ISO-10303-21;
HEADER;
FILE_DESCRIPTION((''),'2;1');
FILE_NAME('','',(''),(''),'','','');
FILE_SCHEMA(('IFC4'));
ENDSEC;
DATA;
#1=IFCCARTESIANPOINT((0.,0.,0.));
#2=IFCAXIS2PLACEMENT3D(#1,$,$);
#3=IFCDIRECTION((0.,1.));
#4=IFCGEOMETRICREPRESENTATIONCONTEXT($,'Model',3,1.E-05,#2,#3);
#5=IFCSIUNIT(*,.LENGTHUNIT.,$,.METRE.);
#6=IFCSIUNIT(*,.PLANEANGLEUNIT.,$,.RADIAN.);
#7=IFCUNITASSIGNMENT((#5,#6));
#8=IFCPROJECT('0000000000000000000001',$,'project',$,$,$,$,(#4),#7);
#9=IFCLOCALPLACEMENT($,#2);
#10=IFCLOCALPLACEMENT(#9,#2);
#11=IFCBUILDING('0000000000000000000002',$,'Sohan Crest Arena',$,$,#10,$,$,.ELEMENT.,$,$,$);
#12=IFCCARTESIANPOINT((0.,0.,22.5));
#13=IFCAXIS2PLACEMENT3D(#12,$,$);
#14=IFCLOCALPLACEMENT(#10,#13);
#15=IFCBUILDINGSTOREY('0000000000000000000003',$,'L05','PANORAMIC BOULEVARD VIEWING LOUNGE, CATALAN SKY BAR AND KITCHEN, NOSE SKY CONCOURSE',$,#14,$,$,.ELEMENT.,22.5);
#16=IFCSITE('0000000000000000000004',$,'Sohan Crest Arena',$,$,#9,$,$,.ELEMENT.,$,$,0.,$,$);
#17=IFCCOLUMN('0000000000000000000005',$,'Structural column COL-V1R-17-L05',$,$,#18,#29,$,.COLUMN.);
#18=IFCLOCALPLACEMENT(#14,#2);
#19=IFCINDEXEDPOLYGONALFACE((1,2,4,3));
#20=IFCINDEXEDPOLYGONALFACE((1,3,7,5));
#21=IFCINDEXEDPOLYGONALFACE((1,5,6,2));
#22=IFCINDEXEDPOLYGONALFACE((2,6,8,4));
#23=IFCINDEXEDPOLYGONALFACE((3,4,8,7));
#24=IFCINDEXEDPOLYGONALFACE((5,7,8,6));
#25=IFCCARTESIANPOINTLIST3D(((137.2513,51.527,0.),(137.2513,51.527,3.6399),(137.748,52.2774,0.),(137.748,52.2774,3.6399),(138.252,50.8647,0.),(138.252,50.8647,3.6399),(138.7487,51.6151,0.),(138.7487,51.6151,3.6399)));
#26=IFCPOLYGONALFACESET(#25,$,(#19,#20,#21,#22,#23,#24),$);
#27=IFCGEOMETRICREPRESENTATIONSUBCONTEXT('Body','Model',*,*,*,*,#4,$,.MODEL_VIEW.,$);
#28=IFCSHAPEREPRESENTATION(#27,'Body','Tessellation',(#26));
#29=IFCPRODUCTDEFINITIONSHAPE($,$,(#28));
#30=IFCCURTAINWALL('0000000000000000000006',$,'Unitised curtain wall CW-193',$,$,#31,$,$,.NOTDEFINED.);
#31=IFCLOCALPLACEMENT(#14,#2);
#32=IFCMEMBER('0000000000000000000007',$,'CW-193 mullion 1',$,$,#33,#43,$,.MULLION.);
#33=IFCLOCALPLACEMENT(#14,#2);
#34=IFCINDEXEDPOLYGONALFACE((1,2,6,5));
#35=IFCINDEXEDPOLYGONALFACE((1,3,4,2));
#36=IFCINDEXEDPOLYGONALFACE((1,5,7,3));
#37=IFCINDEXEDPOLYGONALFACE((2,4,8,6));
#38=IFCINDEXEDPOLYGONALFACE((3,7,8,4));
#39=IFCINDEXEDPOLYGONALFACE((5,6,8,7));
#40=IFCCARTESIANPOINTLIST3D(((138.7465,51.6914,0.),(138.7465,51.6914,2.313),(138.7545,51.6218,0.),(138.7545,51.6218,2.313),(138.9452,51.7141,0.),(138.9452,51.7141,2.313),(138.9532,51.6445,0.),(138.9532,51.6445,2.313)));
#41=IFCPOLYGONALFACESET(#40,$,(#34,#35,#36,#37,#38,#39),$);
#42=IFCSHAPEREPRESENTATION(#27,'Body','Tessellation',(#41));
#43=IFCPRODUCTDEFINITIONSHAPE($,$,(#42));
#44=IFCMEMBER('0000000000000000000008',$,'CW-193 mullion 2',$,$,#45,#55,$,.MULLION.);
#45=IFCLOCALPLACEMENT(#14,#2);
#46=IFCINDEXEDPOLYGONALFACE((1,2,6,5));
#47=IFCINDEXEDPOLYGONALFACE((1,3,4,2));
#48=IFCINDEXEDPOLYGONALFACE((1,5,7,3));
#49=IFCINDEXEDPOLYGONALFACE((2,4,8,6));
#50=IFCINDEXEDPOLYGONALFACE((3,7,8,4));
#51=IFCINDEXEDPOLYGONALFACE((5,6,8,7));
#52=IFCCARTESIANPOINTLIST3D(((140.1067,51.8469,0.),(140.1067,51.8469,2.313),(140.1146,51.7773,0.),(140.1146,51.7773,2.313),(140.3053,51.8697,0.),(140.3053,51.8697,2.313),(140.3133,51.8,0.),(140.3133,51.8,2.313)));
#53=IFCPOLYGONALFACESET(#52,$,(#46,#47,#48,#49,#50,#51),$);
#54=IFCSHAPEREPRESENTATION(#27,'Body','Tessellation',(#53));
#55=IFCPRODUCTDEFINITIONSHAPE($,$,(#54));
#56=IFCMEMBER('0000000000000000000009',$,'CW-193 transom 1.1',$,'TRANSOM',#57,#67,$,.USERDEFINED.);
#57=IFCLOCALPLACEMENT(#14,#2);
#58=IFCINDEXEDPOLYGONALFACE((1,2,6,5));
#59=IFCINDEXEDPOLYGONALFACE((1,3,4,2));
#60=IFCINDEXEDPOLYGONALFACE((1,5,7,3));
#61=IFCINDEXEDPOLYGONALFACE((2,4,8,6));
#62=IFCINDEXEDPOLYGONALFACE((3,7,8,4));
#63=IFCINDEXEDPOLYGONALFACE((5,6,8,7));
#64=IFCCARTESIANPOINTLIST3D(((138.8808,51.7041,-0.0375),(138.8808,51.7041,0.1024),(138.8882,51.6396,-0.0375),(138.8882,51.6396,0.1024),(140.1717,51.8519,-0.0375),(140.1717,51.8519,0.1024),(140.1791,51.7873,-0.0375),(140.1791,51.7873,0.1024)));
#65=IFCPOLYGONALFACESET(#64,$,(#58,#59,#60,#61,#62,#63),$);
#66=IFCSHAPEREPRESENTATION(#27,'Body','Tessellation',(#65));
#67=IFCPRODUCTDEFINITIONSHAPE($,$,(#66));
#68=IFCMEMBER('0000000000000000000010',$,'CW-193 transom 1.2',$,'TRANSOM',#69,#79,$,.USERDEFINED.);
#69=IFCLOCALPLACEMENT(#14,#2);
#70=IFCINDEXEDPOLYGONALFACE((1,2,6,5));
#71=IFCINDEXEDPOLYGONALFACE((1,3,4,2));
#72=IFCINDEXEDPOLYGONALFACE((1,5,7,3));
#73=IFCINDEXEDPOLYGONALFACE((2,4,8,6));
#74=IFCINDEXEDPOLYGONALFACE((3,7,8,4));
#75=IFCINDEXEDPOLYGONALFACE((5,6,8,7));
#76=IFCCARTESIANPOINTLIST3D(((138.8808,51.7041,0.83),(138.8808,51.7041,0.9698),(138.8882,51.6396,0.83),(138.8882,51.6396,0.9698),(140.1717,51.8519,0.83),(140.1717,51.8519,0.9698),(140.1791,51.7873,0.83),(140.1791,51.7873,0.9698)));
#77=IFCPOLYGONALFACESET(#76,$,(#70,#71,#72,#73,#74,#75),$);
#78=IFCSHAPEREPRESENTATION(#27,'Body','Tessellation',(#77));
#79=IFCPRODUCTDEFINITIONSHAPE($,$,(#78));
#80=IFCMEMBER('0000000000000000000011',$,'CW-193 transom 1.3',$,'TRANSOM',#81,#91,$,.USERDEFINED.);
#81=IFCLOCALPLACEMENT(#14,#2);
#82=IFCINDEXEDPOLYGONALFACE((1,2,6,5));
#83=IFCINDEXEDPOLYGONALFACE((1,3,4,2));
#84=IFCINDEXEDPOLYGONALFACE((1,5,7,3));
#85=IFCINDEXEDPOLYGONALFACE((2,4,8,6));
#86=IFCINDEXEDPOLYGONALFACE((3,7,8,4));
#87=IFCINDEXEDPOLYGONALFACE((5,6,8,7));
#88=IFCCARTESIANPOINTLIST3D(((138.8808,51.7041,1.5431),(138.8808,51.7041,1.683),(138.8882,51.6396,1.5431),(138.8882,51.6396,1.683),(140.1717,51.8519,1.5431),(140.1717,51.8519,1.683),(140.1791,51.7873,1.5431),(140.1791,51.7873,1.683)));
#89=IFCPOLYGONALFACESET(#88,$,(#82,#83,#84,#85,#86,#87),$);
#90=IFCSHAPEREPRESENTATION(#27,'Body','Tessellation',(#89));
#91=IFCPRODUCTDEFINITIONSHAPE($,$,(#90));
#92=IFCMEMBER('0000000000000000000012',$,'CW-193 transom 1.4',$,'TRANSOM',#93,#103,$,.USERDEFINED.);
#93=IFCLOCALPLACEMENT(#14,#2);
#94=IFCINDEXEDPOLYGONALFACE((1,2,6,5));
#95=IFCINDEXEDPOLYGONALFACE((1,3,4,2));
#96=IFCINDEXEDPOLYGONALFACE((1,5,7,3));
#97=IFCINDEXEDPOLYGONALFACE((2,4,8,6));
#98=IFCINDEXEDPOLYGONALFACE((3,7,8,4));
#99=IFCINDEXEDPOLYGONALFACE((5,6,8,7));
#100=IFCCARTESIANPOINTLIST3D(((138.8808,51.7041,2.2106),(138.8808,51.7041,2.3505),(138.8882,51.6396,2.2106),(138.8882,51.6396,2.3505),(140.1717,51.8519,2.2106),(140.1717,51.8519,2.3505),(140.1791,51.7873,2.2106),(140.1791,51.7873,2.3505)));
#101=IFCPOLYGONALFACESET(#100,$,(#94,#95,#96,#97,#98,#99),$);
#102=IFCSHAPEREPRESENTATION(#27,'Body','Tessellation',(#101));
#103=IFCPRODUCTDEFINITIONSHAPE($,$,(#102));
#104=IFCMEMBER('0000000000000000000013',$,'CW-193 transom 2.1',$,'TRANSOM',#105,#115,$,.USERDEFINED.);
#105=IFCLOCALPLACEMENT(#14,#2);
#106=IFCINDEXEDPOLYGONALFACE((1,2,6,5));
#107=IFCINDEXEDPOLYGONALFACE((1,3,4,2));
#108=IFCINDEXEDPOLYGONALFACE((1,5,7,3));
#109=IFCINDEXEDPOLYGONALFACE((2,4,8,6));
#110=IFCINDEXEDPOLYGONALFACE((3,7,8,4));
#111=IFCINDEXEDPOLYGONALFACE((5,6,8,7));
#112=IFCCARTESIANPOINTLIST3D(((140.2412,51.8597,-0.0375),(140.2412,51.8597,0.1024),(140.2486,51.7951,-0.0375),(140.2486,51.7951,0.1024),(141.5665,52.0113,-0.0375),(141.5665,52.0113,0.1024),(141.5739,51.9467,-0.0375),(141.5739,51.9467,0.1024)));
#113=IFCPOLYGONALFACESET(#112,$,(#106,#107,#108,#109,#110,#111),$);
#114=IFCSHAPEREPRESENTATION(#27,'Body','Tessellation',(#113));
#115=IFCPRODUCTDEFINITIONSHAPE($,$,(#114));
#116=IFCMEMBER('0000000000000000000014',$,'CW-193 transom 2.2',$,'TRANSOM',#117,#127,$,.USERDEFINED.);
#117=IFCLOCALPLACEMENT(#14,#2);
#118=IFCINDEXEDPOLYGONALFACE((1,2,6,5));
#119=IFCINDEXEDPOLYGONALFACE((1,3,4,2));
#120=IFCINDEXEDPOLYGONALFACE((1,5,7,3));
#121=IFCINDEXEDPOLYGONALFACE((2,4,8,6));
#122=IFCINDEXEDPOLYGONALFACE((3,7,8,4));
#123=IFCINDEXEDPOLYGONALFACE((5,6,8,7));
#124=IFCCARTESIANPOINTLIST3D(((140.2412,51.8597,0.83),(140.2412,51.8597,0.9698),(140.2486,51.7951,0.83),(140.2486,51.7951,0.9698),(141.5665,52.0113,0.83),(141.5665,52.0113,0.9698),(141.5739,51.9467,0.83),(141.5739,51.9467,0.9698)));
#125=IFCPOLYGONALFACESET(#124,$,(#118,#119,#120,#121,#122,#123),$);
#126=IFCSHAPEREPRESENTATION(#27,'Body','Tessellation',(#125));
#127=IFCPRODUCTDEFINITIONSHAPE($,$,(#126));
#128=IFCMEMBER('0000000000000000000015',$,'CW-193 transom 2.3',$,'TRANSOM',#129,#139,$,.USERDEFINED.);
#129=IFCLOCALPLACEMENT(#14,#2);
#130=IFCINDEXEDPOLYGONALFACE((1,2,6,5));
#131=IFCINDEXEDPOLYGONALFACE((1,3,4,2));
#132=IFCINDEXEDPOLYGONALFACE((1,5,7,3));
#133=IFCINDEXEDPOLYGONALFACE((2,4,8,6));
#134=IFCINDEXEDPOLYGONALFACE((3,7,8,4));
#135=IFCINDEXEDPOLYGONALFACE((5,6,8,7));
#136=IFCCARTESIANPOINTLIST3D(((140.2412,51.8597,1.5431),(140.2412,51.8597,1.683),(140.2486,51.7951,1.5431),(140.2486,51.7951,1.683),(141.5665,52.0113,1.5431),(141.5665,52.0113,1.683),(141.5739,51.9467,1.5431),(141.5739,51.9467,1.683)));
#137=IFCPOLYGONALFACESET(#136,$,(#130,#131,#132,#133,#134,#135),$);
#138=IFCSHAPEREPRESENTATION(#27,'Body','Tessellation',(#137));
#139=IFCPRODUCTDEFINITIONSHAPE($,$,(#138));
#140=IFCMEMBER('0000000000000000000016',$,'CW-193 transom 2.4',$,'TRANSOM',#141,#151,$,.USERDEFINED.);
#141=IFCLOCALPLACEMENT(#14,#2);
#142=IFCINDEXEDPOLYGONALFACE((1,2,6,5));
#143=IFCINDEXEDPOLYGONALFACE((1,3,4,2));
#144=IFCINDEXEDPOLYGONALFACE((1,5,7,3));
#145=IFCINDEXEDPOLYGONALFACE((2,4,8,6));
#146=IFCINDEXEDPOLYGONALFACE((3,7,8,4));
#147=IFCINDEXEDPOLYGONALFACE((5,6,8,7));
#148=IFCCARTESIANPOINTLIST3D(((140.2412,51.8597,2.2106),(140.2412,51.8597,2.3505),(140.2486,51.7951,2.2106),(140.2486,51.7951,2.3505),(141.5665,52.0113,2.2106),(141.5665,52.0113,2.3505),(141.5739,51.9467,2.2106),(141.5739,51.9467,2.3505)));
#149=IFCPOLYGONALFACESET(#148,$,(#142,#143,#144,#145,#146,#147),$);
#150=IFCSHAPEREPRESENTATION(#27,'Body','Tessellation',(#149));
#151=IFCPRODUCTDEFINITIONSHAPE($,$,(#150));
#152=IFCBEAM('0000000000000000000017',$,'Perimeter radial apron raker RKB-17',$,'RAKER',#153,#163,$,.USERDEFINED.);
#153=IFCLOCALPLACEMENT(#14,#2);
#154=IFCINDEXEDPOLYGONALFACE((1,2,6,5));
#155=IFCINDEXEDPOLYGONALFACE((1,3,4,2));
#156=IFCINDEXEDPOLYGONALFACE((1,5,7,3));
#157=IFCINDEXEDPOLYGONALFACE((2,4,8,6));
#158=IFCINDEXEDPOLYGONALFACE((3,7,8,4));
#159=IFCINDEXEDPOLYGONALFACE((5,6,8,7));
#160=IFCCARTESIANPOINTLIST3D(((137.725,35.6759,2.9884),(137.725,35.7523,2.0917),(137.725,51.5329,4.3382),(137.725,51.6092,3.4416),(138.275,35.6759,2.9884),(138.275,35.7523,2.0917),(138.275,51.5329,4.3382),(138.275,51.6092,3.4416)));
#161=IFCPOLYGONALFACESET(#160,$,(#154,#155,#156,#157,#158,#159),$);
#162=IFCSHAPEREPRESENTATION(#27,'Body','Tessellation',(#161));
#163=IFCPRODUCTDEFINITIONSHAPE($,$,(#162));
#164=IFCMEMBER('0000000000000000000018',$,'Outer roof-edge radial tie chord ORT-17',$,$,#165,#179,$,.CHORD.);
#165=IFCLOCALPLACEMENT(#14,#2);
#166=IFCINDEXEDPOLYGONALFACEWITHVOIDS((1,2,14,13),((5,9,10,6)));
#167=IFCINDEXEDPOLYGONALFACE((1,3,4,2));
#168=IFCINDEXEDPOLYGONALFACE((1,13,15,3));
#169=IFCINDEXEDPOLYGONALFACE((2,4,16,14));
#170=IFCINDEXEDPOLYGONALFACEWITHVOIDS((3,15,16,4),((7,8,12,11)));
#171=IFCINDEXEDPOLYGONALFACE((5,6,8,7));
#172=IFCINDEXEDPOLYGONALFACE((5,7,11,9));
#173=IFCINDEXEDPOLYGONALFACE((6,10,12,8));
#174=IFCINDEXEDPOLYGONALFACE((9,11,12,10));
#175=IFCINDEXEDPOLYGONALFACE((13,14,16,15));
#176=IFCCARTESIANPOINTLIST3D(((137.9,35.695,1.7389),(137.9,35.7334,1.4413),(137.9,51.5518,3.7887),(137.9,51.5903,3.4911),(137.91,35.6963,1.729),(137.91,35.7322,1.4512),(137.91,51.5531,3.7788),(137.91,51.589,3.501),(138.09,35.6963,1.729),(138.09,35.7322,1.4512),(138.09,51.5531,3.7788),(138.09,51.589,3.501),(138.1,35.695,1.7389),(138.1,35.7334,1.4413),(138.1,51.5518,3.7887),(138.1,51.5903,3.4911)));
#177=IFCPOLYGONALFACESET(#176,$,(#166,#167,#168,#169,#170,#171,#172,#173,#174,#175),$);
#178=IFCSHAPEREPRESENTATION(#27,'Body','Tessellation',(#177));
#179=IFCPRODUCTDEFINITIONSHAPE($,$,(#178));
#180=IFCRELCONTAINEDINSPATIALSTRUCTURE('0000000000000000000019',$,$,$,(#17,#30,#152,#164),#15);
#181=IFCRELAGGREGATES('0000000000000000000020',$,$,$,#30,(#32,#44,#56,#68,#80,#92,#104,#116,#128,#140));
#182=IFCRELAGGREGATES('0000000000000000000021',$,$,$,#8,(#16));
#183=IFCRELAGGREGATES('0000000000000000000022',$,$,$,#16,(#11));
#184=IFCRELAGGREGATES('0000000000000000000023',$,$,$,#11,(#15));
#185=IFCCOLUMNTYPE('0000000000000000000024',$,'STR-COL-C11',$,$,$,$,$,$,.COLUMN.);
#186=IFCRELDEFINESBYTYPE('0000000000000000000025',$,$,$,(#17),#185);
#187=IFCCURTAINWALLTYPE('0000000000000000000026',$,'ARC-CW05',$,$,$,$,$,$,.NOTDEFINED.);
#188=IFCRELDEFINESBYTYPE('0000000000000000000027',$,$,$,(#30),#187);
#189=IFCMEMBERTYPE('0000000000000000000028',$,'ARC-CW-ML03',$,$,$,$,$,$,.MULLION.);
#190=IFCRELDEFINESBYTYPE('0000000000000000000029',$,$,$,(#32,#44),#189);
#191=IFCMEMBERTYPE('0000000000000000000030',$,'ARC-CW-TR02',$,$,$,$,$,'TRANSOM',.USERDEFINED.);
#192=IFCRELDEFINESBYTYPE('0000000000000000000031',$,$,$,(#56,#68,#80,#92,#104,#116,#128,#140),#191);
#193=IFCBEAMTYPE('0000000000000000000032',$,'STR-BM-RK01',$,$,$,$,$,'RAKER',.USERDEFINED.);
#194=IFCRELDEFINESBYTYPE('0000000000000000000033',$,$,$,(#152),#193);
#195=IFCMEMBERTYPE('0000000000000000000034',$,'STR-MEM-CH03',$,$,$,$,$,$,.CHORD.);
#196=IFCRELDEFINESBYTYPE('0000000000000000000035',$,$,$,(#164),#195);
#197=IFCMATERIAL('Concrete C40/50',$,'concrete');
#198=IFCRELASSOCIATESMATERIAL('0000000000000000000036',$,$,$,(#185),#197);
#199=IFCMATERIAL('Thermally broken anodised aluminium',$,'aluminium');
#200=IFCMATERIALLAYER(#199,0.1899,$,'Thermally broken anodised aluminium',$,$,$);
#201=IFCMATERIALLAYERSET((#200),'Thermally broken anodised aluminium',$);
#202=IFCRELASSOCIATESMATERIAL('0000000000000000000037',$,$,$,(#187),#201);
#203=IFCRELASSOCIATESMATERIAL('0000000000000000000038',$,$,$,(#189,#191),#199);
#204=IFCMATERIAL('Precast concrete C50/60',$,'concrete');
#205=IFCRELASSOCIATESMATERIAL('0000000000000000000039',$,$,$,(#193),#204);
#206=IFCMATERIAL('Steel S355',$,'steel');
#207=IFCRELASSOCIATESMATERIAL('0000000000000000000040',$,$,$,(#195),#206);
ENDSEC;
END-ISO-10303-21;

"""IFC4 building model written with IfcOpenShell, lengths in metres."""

from ifc_helpers import new_model, si_unit, direction, frame, origin, origin_2d, place, context, subcontext, project, spatial, rectangle, hollow_rectangle, extrude, material, layer, layer_set, material_profile, profile_set, type_object, element, aggregate, save


model = new_model("IFC4")

# Units and contexts
model_context = context("Model", 3, precision=1e-05, world=origin(), true_north=direction((0.0, 1.0)))
body_context = subcontext(model_context, "Body", "Model", "MODEL_VIEW")
ifc_project = project(units=[si_unit("LENGTHUNIT", "METRE"), si_unit("PLANEANGLEUNIT", "RADIAN")], contexts=[model_context])

# Site, building, storey
site_placement = place(None, origin())
site = spatial("IfcSite", under=ifc_project, at=site_placement, Name="Sohan Crest Arena", CompositionType="ELEMENT", RefElevation=0.0)
building_placement = place(site_placement, origin())
building = spatial("IfcBuilding", under=site, at=building_placement, Name="Sohan Crest Arena", CompositionType="ELEMENT")
storey_placement = place(building_placement, frame((0.0, 0.0, 22.5)))
storey = spatial("IfcBuildingStorey", under=building, at=storey_placement, Name="L05", Description="PANORAMIC BOULEVARD VIEWING LOUNGE, CATALAN SKY BAR AND KITCHEN, NOSE SKY CONCOURSE", CompositionType="ELEMENT", Elevation=22.5)

# Column
ifc_material_1 = material(Name="Concrete C40/50", Category="concrete")
ifc_material_profile_1 = material_profile(ifc_material_1, rectangle(XDim=1.2, YDim=0.8999, at=origin_2d()), Name="RC 1200x900")
ifc_profile_set_1 = profile_set([ifc_material_profile_1], Name="Concrete C40/50")
column_type = type_object("IfcColumnType", Name="STR-COL-C11", PredefinedType="COLUMN", material=ifc_profile_set_1)
column_placement = place(storey_placement, frame((138.0, 51.571, 0.0), z_axis=(0.0, 0.0, 1.0), x_axis=(-0.833886, 0.551937, 0.0)))
element("IfcColumn", 1, at=column_placement, inside=storey, type_object=column_type, Name="Structural column COL-V1R-17-L05", PredefinedType="COLUMN", context=body_context, shape_type="SweptSolid", body=[
    extrude(rectangle(XDim=1.2, YDim=0.8999, at=origin_2d()), origin(), (0.0, 0.0, 1.0), 3.6399),
])

# Curtain wall, members
ifc_material_2 = material(Name="Thermally broken anodised aluminium", Category="aluminium")
ifc_layer_1 = layer(ifc_material_2, 0.1899, Name="Thermally broken anodised aluminium")
ifc_layer_set_1 = layer_set([ifc_layer_1], Name="Thermally broken anodised aluminium")
curtain_wall_type = type_object("IfcCurtainWallType", Name="ARC-CW05", PredefinedType="NOTDEFINED", material=ifc_layer_set_1)
curtain_wall_placement = place(storey_placement, origin())
curtain_wall = element("IfcCurtainWall", 2, at=curtain_wall_placement, inside=storey, type_object=curtain_wall_type, Name="Unitised curtain wall CW-193", PredefinedType="NOTDEFINED")
ifc_material_profile_2 = material_profile(ifc_material_2, rectangle(XDim=0.0701, YDim=0.2, at=origin_2d()), Name="ALU-MULL 70x200")
ifc_profile_set_2 = profile_set([ifc_material_profile_2], Name="Thermally broken anodised aluminium")
member_type_1 = type_object("IfcMemberType", Name="ARC-CW-ML03", PredefinedType="MULLION", material=ifc_profile_set_2)
member_1_placement = place(storey_placement, frame((138.8499, 51.668, 0.0), z_axis=(0.0, 0.0, 1.0), x_axis=(-0.113597, 0.993527, 0.0)))
member_1 = element("IfcMember", 3, at=member_1_placement, type_object=member_type_1, Name="CW-193 mullion 1", PredefinedType="MULLION", context=body_context, shape_type="SweptSolid", body=[
    extrude(rectangle(XDim=0.0701, YDim=0.2, at=origin_2d()), origin(), (0.0, 0.0, 1.0), 2.313),
])
member_2_placement = place(storey_placement, frame((140.21, 51.8235, 0.0), z_axis=(0.0, 0.0, 1.0), x_axis=(-0.113597, 0.993527, 0.0)))
member_2 = element("IfcMember", 4, at=member_2_placement, type_object=member_type_1, Name="CW-193 mullion 2", PredefinedType="MULLION", context=body_context, shape_type="SweptSolid", body=[
    extrude(rectangle(XDim=0.0701, YDim=0.2, at=origin_2d()), origin(), (0.0, 0.0, 1.0), 2.313),
])
ifc_material_profile_3 = material_profile(ifc_material_2, rectangle(XDim=0.0649, YDim=0.1399, at=origin_2d()), Name="ALU-TRAN 65x140")
ifc_profile_set_3 = profile_set([ifc_material_profile_3], Name="Thermally broken anodised aluminium")
member_type_2 = type_object("IfcMemberType", Name="ARC-CW-TR02", ElementType="TRANSOM", PredefinedType="USERDEFINED", material=ifc_profile_set_3)
member_3_placement = place(storey_placement, frame((138.8845, 51.6719, 0.0325), z_axis=(0.993516, 0.11369, 0.0), x_axis=(-0.11369, 0.993516, 0.0)))
member_3 = element("IfcMember", 5, at=member_3_placement, type_object=member_type_2, Name="CW-193 transom 1.1", ObjectType="TRANSOM", PredefinedType="USERDEFINED", context=body_context, shape_type="SweptSolid", body=[
    extrude(rectangle(XDim=0.0649, YDim=0.1399, at=origin_2d()), origin(), (0.0, 0.0, 1.0), 1.2993),
])
member_4_placement = place(storey_placement, frame((138.8845, 51.6719, 0.8999), z_axis=(0.993516, 0.11369, 0.0), x_axis=(-0.11369, 0.993516, 0.0)))
member_4 = element("IfcMember", 6, at=member_4_placement, type_object=member_type_2, Name="CW-193 transom 1.2", ObjectType="TRANSOM", PredefinedType="USERDEFINED", context=body_context, shape_type="SweptSolid", body=[
    extrude(rectangle(XDim=0.0649, YDim=0.1399, at=origin_2d()), origin(), (0.0, 0.0, 1.0), 1.2993),
])
member_5_placement = place(storey_placement, frame((138.8845, 51.6719, 1.613), z_axis=(0.993516, 0.11369, 0.0), x_axis=(-0.11369, 0.993516, 0.0)))
member_5 = element("IfcMember", 7, at=member_5_placement, type_object=member_type_2, Name="CW-193 transom 1.3", ObjectType="TRANSOM", PredefinedType="USERDEFINED", context=body_context, shape_type="SweptSolid", body=[
    extrude(rectangle(XDim=0.0649, YDim=0.1399, at=origin_2d()), origin(), (0.0, 0.0, 1.0), 1.2993),
])
member_6_placement = place(storey_placement, frame((138.8845, 51.6719, 2.2805), z_axis=(0.993516, 0.11369, 0.0), x_axis=(-0.11369, 0.993516, 0.0)))
member_6 = element("IfcMember", 8, at=member_6_placement, type_object=member_type_2, Name="CW-193 transom 1.4", ObjectType="TRANSOM", PredefinedType="USERDEFINED", context=body_context, shape_type="SweptSolid", body=[
    extrude(rectangle(XDim=0.0649, YDim=0.1399, at=origin_2d()), origin(), (0.0, 0.0, 1.0), 1.2993),
])
member_7_placement = place(storey_placement, frame((140.2449, 51.8274, 0.0325), z_axis=(0.993521, 0.113645, 0.0), x_axis=(-0.113645, 0.993521, 0.0)))
member_7 = element("IfcMember", 9, at=member_7_placement, type_object=member_type_2, Name="CW-193 transom 2.1", ObjectType="TRANSOM", PredefinedType="USERDEFINED", context=body_context, shape_type="SweptSolid", body=[
    extrude(rectangle(XDim=0.0649, YDim=0.1399, at=origin_2d()), origin(), (0.0, 0.0, 1.0), 1.334),
])
member_8_placement = place(storey_placement, frame((140.2449, 51.8274, 0.8999), z_axis=(0.993521, 0.113645, 0.0), x_axis=(-0.113645, 0.993521, 0.0)))
member_8 = element("IfcMember", 10, at=member_8_placement, type_object=member_type_2, Name="CW-193 transom 2.2", ObjectType="TRANSOM", PredefinedType="USERDEFINED", context=body_context, shape_type="SweptSolid", body=[
    extrude(rectangle(XDim=0.0649, YDim=0.1399, at=origin_2d()), origin(), (0.0, 0.0, 1.0), 1.334),
])
member_9_placement = place(storey_placement, frame((140.2449, 51.8274, 1.613), z_axis=(0.993521, 0.113645, 0.0), x_axis=(-0.113645, 0.993521, 0.0)))
member_9 = element("IfcMember", 11, at=member_9_placement, type_object=member_type_2, Name="CW-193 transom 2.3", ObjectType="TRANSOM", PredefinedType="USERDEFINED", context=body_context, shape_type="SweptSolid", body=[
    extrude(rectangle(XDim=0.0649, YDim=0.1399, at=origin_2d()), origin(), (0.0, 0.0, 1.0), 1.334),
])
member_10_placement = place(storey_placement, frame((140.2449, 51.8274, 2.2805), z_axis=(0.993521, 0.113645, 0.0), x_axis=(-0.113645, 0.993521, 0.0)))
member_10 = element("IfcMember", 12, at=member_10_placement, type_object=member_type_2, Name="CW-193 transom 2.4", ObjectType="TRANSOM", PredefinedType="USERDEFINED", context=body_context, shape_type="SweptSolid", body=[
    extrude(rectangle(XDim=0.0649, YDim=0.1399, at=origin_2d()), origin(), (0.0, 0.0, 1.0), 1.334),
])

# Beam
ifc_material_3 = material(Name="Precast concrete C50/60", Category="concrete")
ifc_material_profile_4 = material_profile(ifc_material_3, rectangle(XDim=0.55, YDim=0.8999, at=origin_2d()), Name="RAKER 550x900")
ifc_profile_set_4 = profile_set([ifc_material_profile_4], Name="Precast concrete C50/60")
beam_type = type_object("IfcBeamType", Name="STR-BM-RK01", ElementType="RAKER", PredefinedType="USERDEFINED", material=ifc_profile_set_4)
beam_placement = place(storey_placement, frame((138.0, 51.571, 3.8899), z_axis=(0.0, -0.996396, -0.08482), x_axis=(1.0, 0.0, 0.0)))
element("IfcBeam", 13, at=beam_placement, inside=storey, type_object=beam_type, Name="Perimeter radial apron raker RKB-17", ObjectType="RAKER", PredefinedType="USERDEFINED", context=body_context, shape_type="SweptSolid", body=[
    extrude(rectangle(XDim=0.55, YDim=0.8999, at=origin_2d()), origin(), (0.0, 0.0, 1.0), 15.9143),
])

# Member
ifc_material_4 = material(Name="Steel S355", Category="steel")
ifc_material_profile_5 = material_profile(ifc_material_4, hollow_rectangle(XDim=0.2, YDim=0.3, WallThickness=0.01, at=origin_2d()), Name="RHS 300x200x10")
ifc_profile_set_5 = profile_set([ifc_material_profile_5], Name="Steel S355")
member_type_3 = type_object("IfcMemberType", Name="STR-MEM-CH03", PredefinedType="CHORD", material=ifc_profile_set_5)
member_11_placement = place(storey_placement, frame((138.0, 51.571, 3.6399), z_axis=(0.0, -0.991748, -0.128202), x_axis=(1.0, 0.0, 0.0)))
element("IfcMember", 14, at=member_11_placement, inside=storey, type_object=member_type_3, Name="Outer roof-edge radial tie chord ORT-17", PredefinedType="CHORD", context=body_context, shape_type="SweptSolid", body=[
    extrude(hollow_rectangle(XDim=0.2, YDim=0.3, WallThickness=0.01, at=origin_2d()), origin(), (0.0, 0.0, 1.0), 15.9888),
])

aggregate(curtain_wall, [member_1, member_2, member_3, member_4, member_5, member_6, member_7, member_8, member_9, member_10])

save(model, "model.ifc")
